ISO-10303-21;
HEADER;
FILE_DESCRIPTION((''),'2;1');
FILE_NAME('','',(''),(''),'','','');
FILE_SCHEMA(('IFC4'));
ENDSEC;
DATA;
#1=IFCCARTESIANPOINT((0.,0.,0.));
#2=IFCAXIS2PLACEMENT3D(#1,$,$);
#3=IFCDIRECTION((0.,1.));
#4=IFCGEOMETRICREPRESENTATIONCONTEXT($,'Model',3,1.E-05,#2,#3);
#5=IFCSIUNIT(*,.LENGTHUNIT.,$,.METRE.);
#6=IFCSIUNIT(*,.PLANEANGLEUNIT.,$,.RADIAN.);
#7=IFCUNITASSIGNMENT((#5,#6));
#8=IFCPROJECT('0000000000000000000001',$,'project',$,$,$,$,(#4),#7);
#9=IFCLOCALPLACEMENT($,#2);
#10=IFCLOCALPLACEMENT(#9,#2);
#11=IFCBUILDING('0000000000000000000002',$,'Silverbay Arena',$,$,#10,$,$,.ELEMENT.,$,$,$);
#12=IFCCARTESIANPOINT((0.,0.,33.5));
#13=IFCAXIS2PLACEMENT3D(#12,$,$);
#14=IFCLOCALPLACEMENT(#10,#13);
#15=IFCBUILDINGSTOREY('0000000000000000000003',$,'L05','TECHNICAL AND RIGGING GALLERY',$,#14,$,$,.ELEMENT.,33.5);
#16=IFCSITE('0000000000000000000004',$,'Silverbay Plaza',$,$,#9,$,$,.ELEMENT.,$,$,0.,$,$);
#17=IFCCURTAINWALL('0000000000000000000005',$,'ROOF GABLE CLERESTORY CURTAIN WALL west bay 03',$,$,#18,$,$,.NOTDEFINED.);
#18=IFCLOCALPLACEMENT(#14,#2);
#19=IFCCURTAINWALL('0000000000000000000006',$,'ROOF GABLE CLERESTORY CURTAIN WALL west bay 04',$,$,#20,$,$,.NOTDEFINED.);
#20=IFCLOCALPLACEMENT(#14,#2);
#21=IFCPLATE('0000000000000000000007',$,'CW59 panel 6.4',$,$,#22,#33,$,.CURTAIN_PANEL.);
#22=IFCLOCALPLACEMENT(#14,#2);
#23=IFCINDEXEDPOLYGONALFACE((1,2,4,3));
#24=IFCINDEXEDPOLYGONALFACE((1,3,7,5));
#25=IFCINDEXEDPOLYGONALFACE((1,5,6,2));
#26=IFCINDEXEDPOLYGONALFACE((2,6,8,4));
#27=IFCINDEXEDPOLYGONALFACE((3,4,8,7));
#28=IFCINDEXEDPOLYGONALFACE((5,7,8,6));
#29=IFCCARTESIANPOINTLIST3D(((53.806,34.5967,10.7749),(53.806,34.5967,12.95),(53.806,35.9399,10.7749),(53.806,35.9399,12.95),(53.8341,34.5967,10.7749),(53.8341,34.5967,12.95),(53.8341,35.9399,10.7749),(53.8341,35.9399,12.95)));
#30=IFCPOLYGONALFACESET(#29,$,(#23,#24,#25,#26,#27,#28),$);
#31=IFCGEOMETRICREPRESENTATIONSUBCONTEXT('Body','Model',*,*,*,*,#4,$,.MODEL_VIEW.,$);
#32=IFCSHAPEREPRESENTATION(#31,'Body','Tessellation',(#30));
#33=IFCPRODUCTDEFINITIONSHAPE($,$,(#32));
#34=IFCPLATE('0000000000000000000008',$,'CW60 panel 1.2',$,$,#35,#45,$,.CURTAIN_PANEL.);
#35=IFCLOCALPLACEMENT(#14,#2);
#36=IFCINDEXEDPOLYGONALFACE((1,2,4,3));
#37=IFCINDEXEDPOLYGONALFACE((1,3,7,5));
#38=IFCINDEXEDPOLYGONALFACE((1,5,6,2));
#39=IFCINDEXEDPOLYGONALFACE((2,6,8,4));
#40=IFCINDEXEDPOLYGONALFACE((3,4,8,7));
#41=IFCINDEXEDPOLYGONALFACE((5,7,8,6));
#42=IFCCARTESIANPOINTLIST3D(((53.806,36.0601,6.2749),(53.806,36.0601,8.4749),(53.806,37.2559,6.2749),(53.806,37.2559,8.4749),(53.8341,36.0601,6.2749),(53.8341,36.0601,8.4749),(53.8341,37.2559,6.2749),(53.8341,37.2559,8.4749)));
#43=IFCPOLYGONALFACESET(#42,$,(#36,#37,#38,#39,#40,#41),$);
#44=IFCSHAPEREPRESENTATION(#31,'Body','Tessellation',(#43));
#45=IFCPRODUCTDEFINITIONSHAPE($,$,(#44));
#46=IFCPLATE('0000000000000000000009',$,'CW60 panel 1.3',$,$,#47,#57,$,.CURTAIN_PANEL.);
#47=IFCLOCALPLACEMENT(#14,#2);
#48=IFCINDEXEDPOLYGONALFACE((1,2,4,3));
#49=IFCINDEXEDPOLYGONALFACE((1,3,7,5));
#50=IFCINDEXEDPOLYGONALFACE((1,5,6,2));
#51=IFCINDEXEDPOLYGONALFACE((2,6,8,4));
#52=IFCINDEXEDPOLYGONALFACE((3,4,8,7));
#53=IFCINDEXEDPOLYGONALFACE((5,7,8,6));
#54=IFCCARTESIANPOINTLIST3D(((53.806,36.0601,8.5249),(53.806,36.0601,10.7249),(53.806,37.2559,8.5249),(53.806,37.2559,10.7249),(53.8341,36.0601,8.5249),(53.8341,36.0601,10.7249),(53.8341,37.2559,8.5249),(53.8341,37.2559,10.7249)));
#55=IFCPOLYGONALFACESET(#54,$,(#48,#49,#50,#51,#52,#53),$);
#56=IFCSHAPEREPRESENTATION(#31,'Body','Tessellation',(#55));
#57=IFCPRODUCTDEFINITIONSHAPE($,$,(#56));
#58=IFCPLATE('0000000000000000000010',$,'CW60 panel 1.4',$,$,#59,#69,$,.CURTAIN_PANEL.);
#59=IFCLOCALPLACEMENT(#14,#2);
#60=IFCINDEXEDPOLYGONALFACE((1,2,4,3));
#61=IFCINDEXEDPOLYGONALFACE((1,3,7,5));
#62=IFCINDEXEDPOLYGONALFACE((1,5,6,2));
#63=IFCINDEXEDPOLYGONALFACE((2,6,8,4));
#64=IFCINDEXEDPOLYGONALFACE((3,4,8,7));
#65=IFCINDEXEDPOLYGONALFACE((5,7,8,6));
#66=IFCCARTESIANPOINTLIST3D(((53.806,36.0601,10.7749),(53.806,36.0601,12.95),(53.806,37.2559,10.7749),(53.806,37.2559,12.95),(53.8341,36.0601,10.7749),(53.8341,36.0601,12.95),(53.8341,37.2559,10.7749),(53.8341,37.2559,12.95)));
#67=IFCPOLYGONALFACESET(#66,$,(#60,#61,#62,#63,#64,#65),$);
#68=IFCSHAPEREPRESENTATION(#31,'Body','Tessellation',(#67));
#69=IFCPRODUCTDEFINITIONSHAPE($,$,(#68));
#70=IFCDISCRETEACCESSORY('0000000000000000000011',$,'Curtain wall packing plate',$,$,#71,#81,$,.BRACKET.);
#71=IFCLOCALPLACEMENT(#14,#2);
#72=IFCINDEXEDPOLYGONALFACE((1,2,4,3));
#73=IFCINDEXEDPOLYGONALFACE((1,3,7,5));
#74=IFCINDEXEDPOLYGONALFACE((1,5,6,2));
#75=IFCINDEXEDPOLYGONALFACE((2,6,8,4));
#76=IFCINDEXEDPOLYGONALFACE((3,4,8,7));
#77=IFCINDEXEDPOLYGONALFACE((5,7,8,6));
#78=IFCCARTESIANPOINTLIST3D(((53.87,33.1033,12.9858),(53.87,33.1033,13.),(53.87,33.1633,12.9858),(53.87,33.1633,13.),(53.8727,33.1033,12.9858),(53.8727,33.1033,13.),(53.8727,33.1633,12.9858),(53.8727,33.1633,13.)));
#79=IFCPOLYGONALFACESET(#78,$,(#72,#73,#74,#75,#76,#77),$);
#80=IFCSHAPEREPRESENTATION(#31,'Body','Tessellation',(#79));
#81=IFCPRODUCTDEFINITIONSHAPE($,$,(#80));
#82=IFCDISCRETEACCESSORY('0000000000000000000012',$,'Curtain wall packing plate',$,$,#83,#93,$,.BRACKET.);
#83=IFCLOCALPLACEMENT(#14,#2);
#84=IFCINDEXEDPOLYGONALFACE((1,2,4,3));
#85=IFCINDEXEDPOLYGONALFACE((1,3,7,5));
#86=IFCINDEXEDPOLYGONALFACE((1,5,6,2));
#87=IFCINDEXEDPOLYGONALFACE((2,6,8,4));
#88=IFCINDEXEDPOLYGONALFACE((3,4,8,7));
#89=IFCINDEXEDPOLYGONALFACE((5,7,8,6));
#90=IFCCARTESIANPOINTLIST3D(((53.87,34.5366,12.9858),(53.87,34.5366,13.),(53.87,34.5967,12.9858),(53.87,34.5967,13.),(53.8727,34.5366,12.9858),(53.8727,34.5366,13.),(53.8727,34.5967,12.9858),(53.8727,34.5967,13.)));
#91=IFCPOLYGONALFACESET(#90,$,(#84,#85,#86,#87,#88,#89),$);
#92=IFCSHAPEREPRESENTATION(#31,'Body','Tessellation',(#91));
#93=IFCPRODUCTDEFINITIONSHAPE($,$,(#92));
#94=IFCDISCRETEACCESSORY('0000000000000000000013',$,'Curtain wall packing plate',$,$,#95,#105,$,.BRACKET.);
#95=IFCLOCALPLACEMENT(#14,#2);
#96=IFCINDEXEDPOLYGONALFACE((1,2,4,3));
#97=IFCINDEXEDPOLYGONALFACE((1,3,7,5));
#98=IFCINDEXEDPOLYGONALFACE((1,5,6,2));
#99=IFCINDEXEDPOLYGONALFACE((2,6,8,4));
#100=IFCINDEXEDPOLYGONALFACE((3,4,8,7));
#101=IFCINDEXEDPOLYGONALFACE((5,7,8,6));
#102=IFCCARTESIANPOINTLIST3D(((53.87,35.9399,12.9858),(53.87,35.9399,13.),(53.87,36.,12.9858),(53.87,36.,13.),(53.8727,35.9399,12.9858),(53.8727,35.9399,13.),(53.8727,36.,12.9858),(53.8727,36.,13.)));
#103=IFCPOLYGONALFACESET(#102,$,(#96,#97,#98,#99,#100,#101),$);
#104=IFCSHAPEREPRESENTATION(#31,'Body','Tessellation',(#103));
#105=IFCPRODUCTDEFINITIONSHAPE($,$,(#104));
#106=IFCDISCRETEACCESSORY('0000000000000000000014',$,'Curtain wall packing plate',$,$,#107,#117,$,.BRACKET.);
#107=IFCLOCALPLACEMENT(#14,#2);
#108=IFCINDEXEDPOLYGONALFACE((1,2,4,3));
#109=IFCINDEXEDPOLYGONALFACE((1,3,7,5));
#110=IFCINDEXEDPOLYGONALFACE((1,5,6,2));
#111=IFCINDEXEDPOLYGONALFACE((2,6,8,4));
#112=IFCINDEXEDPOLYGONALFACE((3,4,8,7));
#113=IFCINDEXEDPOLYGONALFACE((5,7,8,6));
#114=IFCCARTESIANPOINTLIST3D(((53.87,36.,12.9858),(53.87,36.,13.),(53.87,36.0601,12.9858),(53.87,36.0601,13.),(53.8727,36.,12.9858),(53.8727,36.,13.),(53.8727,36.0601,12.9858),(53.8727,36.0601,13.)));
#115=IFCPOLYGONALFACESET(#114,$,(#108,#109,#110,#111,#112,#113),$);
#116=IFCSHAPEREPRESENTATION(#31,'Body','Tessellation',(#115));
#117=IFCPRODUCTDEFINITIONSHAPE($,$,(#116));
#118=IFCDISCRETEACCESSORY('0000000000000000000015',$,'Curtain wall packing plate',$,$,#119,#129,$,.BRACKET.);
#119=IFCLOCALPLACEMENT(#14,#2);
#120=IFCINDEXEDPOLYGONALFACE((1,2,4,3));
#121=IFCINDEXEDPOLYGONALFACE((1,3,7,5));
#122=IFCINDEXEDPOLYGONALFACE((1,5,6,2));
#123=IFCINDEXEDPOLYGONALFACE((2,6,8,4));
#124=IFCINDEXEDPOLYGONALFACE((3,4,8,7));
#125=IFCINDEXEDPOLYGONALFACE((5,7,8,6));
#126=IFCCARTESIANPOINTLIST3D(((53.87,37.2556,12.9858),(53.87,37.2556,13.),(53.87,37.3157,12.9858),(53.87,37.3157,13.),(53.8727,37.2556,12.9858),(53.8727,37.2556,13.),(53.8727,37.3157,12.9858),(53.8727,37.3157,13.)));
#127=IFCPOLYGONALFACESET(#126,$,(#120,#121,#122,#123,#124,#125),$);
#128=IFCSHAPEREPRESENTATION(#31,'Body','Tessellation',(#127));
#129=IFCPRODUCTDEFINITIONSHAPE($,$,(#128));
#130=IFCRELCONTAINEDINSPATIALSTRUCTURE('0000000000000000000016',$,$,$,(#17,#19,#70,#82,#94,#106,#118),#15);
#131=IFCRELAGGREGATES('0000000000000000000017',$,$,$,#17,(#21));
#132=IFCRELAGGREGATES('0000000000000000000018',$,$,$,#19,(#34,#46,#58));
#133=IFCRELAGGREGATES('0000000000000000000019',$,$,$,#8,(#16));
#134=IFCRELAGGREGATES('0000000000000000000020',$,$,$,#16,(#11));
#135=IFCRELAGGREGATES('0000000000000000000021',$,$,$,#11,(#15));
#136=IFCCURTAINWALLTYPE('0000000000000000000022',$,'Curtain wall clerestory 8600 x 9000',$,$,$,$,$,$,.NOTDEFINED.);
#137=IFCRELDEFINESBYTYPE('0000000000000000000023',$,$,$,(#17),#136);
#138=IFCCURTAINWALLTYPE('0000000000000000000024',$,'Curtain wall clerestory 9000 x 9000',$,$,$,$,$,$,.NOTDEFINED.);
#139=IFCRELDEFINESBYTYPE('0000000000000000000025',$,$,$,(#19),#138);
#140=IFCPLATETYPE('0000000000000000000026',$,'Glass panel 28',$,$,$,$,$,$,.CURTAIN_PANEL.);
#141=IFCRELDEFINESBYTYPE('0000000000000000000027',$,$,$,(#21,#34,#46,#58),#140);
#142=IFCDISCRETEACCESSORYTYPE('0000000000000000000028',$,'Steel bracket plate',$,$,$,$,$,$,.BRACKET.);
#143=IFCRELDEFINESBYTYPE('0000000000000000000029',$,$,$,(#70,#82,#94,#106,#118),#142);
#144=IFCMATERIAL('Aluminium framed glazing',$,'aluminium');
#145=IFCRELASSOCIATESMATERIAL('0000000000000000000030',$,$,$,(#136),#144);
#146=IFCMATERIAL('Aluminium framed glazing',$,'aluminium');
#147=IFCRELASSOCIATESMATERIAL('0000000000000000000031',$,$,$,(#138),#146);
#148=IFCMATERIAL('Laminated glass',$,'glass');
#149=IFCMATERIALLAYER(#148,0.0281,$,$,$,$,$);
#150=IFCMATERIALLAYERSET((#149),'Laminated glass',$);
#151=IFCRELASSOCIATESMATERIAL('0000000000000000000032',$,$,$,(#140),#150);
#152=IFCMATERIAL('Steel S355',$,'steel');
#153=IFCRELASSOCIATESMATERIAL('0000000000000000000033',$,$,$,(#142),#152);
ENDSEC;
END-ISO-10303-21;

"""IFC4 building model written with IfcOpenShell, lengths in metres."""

from ifc_helpers import new_model, si_unit, direction, frame, origin, origin_2d, place, context, subcontext, project, spatial, rectangle, extrude, material, layer, layer_set, type_object, element, aggregate, save


model = new_model("IFC4")

# Units and contexts
model_context = context("Model", 3, precision=1e-05, world=origin(), true_north=direction((0.0, 1.0)))
body_context = subcontext(model_context, "Body", "Model", "MODEL_VIEW")
ifc_project = project(units=[si_unit("LENGTHUNIT", "METRE"), si_unit("PLANEANGLEUNIT", "RADIAN")], contexts=[model_context])

# Site, building, storey
site_placement = place(None, origin())
site = spatial("IfcSite", under=ifc_project, at=site_placement, Name="Silverbay Plaza", CompositionType="ELEMENT", RefElevation=0.0)
building_placement = place(site_placement, origin())
building = spatial("IfcBuilding", under=site, at=building_placement, Name="Silverbay Arena", CompositionType="ELEMENT")
storey_placement = place(building_placement, frame((0.0, 0.0, 33.5)))
storey = spatial("IfcBuildingStorey", under=building, at=storey_placement, Name="L05", Description="TECHNICAL AND RIGGING GALLERY", CompositionType="ELEMENT", Elevation=33.5)

# Curtain walls
ifc_material_1 = material(Name="Aluminium framed glazing", Category="aluminium")
curtain_wall_type_1 = type_object("IfcCurtainWallType", Name="Curtain wall clerestory 8600 x 9000", PredefinedType="NOTDEFINED", material=ifc_material_1)
curtain_wall_1_placement = place(storey_placement, origin())
curtain_wall_1 = element("IfcCurtainWall", 1, at=curtain_wall_1_placement, inside=storey, type_object=curtain_wall_type_1, Name="ROOF GABLE CLERESTORY CURTAIN WALL west bay 03", PredefinedType="NOTDEFINED")
ifc_material_2 = material(Name="Aluminium framed glazing", Category="aluminium")
curtain_wall_type_2 = type_object("IfcCurtainWallType", Name="Curtain wall clerestory 9000 x 9000", PredefinedType="NOTDEFINED", material=ifc_material_2)
curtain_wall_2_placement = place(storey_placement, origin())
curtain_wall_2 = element("IfcCurtainWall", 2, at=curtain_wall_2_placement, inside=storey, type_object=curtain_wall_type_2, Name="ROOF GABLE CLERESTORY CURTAIN WALL west bay 04", PredefinedType="NOTDEFINED")

# Plates
ifc_material_3 = material(Name="Laminated glass", Category="glass")
ifc_layer = layer(ifc_material_3, 0.0281)
ifc_layer_set = layer_set([ifc_layer], Name="Laminated glass")
plate_type = type_object("IfcPlateType", Name="Glass panel 28", PredefinedType="CURTAIN_PANEL", material=ifc_layer_set)
plate_1_placement = place(storey_placement, frame((53.8201, 35.2683, 10.7749), z_axis=(0.0, 0.0, 1.0), x_axis=(0.0, 1.0, 0.0)))
plate_1 = element("IfcPlate", 3, at=plate_1_placement, type_object=plate_type, Name="CW59 panel 6.4", PredefinedType="CURTAIN_PANEL", context=body_context, shape_type="SweptSolid", body=[
    extrude(rectangle(XDim=1.3433, YDim=0.0281, at=origin_2d()), origin(), (0.0, 0.0, 1.0), 2.175),
])
aggregate(curtain_wall_1, [plate_1])
plate_2_placement = place(storey_placement, frame((53.8201, 36.658, 6.2749), z_axis=(0.0, 0.0, 1.0), x_axis=(0.0, 1.0, 0.0)))
plate_2 = element("IfcPlate", 4, at=plate_2_placement, type_object=plate_type, Name="CW60 panel 1.2", PredefinedType="CURTAIN_PANEL", context=body_context, shape_type="SweptSolid", body=[
    extrude(rectangle(XDim=1.1958, YDim=0.0281, at=origin_2d()), origin(), (0.0, 0.0, 1.0), 2.2),
])
plate_3_placement = place(storey_placement, frame((53.8201, 36.658, 8.5249), z_axis=(0.0, 0.0, 1.0), x_axis=(0.0, 1.0, 0.0)))
plate_3 = element("IfcPlate", 5, at=plate_3_placement, type_object=plate_type, Name="CW60 panel 1.3", PredefinedType="CURTAIN_PANEL", context=body_context, shape_type="SweptSolid", body=[
    extrude(rectangle(XDim=1.1958, YDim=0.0281, at=origin_2d()), origin(), (0.0, 0.0, 1.0), 2.2),
])
plate_4_placement = place(storey_placement, frame((53.8201, 36.658, 10.7749), z_axis=(0.0, 0.0, 1.0), x_axis=(0.0, 1.0, 0.0)))
plate_4 = element("IfcPlate", 6, at=plate_4_placement, type_object=plate_type, Name="CW60 panel 1.4", PredefinedType="CURTAIN_PANEL", context=body_context, shape_type="SweptSolid", body=[
    extrude(rectangle(XDim=1.1958, YDim=0.0281, at=origin_2d()), origin(), (0.0, 0.0, 1.0), 2.175),
])
aggregate(curtain_wall_2, [plate_2, plate_3, plate_4])

# Discrete accessories
ifc_material_4 = material(Name="Steel S355", Category="steel")
discrete_accessory_type = type_object("IfcDiscreteAccessoryType", Name="Steel bracket plate", PredefinedType="BRACKET", material=ifc_material_4)
for number, where, z_axis, x_axis, name in (
    (7, (53.8713, 33.1333, 12.9858), (0.0, 0.0, 1.0), (1.0, 0.0, 0.0), "Curtain wall packing plate"),
    (8, (53.8713, 34.5667, 12.9858), (0.0, 0.0, 1.0), (1.0, 0.0, 0.0), "Curtain wall packing plate"),
    (9, (53.8713, 35.97, 12.9858), (0.0, 0.0, 1.0), (1.0, 0.0, 0.0), "Curtain wall packing plate"),
    (10, (53.8713, 36.03, 12.9858), (0.0, 0.0, 1.0), (1.0, 0.0, 0.0), "Curtain wall packing plate"),
    (11, (53.8713, 37.2856, 12.9858), (0.0, 0.0, 1.0), (1.0, 0.0, 0.0), "Curtain wall packing plate"),
):
    element("IfcDiscreteAccessory", number, at=place(storey_placement, frame(where, z_axis=z_axis, x_axis=x_axis)), inside=storey, type_object=discrete_accessory_type, Name=name, PredefinedType="BRACKET", context=body_context, shape_type="SweptSolid", body=[
        extrude(rectangle(XDim=0.0027, YDim=0.0601, at=origin_2d()), origin(), (0.0, 0.0, 1.0), 0.0142),
    ])

save(model, "model.ifc")
